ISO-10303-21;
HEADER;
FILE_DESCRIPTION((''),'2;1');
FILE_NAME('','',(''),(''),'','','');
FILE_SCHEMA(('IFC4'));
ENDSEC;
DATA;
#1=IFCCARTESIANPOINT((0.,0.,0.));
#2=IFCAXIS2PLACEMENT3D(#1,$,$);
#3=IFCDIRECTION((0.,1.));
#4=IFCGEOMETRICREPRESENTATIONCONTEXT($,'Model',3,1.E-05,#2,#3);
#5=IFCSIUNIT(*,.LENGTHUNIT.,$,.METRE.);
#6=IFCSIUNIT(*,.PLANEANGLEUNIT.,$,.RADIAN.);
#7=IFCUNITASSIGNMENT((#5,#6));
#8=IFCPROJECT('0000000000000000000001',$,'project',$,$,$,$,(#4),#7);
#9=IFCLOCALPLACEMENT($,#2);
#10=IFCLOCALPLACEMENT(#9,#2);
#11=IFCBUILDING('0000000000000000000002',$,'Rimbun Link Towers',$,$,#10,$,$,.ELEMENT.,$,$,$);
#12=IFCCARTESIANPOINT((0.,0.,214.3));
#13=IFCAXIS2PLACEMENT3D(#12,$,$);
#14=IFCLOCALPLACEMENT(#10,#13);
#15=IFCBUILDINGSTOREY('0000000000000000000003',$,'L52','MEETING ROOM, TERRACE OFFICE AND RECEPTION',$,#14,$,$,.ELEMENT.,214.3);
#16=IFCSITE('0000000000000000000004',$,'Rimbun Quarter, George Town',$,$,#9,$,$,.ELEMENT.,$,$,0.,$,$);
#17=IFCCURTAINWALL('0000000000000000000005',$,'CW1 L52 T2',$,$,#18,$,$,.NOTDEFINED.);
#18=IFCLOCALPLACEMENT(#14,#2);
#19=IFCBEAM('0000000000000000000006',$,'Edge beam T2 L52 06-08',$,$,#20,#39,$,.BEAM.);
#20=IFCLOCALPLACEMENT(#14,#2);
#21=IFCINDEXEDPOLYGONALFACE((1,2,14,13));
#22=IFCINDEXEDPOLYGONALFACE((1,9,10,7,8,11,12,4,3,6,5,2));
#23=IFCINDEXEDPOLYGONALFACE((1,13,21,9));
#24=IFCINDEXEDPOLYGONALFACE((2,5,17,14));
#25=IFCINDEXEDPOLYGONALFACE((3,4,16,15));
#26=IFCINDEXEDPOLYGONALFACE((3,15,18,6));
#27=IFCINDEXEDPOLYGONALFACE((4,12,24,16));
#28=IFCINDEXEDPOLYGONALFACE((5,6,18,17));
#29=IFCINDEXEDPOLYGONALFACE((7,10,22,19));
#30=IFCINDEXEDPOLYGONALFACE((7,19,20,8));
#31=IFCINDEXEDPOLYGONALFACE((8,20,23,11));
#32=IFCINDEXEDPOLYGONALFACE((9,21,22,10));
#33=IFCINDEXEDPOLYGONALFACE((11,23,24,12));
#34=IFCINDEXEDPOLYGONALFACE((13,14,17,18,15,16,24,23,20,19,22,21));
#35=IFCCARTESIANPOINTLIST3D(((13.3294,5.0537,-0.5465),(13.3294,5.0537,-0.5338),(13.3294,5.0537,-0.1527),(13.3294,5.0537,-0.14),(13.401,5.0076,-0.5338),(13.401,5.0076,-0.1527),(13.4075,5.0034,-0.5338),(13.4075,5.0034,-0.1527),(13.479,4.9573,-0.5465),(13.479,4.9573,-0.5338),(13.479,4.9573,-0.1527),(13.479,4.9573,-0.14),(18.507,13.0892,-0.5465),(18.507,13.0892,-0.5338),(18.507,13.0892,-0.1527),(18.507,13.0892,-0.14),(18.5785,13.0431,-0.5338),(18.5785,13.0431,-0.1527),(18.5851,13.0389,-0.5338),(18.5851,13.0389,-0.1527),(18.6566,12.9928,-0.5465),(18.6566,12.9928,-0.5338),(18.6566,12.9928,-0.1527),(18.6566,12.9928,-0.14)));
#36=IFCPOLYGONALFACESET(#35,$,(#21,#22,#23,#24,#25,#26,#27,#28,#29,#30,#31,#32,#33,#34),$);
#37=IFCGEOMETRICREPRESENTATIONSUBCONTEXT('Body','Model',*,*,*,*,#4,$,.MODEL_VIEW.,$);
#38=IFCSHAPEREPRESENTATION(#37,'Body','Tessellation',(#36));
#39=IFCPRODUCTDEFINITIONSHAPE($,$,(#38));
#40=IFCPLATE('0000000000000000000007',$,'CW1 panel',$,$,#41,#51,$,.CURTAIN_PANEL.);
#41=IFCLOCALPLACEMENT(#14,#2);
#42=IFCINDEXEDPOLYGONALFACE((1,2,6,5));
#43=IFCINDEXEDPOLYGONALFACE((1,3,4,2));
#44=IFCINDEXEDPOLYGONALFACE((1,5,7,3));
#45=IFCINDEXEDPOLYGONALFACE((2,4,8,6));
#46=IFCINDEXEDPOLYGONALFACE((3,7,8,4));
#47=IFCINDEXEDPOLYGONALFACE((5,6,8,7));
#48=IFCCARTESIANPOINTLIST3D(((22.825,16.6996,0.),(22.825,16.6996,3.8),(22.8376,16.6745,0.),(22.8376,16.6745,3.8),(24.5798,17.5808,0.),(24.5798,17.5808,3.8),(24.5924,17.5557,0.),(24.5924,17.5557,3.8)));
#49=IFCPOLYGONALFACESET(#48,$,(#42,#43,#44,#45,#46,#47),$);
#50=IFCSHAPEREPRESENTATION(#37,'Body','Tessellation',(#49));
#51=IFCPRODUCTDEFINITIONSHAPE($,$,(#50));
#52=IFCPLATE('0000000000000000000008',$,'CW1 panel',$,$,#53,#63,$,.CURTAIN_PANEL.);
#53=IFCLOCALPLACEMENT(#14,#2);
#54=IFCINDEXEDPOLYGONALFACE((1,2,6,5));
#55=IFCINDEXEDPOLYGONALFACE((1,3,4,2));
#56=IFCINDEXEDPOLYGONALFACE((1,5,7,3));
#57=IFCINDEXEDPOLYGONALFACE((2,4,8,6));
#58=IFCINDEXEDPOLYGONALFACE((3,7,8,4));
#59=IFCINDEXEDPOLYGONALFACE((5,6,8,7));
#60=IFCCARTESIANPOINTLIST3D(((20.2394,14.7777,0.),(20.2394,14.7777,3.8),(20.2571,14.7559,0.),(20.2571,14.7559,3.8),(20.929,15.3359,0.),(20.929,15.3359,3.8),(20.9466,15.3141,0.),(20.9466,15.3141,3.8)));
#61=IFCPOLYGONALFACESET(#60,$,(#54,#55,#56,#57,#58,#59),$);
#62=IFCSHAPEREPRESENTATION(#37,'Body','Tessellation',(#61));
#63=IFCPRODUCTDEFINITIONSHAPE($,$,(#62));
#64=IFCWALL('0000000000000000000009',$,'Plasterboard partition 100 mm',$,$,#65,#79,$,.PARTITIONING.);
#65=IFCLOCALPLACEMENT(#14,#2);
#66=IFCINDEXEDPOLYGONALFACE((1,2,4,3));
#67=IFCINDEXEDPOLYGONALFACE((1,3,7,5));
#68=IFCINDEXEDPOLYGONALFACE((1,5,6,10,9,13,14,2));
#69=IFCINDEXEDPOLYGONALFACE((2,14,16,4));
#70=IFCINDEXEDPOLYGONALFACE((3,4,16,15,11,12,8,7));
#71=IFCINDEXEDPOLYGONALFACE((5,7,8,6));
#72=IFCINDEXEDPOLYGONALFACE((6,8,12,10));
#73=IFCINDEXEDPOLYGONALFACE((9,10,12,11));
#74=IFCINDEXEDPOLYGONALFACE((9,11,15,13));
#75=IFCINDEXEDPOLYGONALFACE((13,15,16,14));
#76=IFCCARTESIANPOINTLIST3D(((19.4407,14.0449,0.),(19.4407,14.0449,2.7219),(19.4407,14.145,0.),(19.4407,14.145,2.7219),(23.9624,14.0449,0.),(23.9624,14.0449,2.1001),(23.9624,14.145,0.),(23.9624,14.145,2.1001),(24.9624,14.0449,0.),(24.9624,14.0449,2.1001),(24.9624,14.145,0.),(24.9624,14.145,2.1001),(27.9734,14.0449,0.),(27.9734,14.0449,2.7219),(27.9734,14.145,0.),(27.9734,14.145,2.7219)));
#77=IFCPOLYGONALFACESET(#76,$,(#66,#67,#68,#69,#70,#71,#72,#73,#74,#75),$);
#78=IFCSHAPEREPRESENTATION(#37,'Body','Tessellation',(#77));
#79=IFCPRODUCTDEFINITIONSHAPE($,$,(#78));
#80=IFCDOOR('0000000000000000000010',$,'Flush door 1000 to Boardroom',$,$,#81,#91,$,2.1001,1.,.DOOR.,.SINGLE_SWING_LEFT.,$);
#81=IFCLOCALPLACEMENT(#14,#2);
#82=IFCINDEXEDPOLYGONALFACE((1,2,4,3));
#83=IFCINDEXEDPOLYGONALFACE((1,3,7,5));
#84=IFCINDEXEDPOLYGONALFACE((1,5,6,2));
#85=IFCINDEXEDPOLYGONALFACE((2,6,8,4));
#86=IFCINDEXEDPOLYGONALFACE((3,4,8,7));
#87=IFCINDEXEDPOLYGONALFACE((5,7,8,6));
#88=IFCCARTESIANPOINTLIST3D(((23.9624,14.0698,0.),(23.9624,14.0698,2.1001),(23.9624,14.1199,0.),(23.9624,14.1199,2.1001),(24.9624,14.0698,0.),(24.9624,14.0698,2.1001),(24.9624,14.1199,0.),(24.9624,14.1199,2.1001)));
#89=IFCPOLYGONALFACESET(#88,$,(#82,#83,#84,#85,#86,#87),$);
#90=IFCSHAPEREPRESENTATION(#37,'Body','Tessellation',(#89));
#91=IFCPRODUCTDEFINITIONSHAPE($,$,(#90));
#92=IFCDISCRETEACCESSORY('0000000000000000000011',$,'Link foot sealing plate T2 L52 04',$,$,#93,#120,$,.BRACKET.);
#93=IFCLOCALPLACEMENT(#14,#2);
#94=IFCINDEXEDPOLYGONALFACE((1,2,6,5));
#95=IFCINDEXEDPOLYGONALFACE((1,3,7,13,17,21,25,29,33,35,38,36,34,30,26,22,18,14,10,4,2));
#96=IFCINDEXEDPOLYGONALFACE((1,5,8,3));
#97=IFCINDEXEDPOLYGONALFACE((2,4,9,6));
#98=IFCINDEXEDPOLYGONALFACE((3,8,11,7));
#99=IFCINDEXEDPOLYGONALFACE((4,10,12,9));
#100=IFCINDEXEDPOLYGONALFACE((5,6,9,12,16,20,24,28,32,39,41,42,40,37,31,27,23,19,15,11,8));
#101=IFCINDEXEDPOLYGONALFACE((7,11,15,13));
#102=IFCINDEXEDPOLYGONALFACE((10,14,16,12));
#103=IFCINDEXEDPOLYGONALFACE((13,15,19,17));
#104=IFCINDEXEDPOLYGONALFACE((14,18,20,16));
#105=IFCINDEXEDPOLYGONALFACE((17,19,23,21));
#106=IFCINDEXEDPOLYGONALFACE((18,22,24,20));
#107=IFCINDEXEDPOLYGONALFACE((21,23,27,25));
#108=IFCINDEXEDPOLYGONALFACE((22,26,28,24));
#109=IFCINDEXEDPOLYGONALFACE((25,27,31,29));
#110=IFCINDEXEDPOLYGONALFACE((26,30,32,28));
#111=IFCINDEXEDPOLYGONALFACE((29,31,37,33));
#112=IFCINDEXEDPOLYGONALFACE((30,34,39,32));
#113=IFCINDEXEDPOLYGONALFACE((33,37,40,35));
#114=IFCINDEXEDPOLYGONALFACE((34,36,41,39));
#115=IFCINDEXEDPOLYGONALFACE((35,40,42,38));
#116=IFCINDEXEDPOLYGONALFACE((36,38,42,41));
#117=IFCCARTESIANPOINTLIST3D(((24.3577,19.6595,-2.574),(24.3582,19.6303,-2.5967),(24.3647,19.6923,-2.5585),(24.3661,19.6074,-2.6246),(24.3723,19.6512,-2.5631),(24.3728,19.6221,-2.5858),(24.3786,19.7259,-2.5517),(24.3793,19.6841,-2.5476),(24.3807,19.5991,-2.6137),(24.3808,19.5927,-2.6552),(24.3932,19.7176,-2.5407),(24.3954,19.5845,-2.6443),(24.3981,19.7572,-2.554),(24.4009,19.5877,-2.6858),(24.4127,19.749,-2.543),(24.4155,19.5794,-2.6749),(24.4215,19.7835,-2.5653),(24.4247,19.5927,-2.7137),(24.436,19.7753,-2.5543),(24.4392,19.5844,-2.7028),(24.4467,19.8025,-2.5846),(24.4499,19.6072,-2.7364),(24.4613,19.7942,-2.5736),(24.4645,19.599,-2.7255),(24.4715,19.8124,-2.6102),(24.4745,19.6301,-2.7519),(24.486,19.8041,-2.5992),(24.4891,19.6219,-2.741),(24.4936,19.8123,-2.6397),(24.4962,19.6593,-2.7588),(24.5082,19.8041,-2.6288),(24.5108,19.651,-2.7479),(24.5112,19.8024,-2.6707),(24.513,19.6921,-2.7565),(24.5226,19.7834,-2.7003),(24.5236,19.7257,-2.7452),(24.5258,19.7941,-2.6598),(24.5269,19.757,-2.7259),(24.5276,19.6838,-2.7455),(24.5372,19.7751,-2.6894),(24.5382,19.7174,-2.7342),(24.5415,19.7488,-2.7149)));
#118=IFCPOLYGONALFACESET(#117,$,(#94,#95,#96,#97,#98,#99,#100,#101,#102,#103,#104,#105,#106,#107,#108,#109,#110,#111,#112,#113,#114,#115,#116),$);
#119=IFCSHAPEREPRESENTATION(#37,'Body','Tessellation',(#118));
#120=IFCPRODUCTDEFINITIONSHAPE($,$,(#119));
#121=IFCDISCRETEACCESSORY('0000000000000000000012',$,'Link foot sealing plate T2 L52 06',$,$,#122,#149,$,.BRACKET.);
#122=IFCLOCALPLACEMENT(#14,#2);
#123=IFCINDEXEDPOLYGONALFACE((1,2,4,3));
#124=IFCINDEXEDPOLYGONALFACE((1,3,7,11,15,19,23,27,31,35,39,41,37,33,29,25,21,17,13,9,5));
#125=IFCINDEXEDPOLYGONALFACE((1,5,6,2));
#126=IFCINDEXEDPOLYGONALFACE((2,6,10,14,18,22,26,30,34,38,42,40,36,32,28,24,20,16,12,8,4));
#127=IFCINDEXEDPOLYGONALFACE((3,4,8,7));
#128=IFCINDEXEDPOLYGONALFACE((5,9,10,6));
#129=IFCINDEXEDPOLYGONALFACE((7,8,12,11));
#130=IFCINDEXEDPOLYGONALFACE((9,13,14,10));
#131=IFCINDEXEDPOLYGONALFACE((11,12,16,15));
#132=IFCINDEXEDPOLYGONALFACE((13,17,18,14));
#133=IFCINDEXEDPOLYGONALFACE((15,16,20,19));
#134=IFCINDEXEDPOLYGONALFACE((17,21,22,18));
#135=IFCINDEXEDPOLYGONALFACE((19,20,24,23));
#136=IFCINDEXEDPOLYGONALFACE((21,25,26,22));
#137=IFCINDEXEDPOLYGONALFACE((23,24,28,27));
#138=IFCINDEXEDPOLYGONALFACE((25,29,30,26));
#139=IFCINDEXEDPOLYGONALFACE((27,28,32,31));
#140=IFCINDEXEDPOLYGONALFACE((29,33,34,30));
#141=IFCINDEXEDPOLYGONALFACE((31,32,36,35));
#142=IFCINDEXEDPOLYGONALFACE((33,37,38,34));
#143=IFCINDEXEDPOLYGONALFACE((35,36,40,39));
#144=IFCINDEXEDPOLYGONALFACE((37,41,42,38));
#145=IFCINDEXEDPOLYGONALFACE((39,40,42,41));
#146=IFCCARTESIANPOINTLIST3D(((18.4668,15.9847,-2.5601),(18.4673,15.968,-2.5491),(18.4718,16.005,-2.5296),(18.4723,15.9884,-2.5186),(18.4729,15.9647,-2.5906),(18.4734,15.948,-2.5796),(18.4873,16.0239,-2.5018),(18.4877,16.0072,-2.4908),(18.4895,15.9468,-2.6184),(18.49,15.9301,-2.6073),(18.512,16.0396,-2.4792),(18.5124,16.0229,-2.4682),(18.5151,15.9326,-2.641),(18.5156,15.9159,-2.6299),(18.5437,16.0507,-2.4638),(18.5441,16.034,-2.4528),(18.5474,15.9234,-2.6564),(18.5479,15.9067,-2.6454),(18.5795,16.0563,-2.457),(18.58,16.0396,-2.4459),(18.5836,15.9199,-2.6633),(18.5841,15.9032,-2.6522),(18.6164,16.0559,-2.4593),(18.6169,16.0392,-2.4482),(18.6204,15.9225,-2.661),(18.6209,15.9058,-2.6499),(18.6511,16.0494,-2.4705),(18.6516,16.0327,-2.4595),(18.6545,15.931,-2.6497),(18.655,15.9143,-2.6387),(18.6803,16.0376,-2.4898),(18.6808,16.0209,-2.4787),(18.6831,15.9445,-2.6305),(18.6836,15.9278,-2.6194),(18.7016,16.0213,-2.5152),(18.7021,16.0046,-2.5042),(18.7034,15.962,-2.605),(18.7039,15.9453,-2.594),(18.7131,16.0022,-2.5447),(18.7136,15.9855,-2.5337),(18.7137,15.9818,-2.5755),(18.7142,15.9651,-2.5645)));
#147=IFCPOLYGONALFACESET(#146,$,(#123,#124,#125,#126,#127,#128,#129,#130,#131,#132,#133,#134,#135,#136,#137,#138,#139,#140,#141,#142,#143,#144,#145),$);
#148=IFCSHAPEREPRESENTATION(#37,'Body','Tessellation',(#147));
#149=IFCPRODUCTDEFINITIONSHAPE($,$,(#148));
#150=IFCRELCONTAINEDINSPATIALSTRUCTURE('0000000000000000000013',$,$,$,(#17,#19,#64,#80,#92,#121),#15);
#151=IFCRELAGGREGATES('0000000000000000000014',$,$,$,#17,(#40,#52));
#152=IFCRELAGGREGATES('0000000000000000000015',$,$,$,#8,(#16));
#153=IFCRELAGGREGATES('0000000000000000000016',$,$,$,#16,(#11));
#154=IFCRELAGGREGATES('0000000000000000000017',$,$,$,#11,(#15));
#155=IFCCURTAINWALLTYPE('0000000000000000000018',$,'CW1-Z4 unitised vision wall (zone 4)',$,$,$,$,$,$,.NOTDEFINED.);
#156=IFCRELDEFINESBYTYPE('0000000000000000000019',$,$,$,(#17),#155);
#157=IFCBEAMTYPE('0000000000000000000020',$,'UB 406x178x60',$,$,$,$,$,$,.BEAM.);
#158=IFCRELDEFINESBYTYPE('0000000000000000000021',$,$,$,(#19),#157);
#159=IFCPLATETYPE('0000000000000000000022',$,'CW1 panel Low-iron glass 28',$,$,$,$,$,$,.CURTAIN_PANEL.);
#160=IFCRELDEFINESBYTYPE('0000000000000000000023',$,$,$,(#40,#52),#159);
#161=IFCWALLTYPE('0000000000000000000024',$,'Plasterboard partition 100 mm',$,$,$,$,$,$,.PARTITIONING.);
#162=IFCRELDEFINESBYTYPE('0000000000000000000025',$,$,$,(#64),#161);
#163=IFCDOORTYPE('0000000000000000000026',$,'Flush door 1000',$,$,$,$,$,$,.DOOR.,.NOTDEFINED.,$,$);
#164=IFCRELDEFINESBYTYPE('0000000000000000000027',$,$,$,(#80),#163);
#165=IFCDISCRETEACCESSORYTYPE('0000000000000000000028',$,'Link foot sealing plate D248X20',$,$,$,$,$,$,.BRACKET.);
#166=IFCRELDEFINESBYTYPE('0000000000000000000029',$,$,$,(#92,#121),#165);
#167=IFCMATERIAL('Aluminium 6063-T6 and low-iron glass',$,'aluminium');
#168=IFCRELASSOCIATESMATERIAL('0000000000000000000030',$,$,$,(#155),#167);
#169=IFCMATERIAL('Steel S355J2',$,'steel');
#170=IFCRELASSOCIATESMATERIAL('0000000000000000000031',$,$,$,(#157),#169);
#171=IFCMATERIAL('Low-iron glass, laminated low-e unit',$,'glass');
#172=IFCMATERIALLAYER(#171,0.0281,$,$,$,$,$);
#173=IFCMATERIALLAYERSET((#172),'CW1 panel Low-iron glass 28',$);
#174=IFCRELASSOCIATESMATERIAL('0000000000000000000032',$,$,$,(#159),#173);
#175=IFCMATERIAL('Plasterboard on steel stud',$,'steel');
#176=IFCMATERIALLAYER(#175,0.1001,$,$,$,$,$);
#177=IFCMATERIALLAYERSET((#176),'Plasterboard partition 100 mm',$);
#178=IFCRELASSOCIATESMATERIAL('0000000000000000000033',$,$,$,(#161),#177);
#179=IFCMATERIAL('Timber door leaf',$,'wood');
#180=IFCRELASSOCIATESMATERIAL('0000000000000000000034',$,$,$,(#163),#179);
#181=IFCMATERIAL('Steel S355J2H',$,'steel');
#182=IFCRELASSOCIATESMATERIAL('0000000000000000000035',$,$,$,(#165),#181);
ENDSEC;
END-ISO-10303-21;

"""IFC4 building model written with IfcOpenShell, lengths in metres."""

from ifc_helpers import new_model, si_unit, direction, frame, frame_2d, origin, origin_2d, place, context, subcontext, project, spatial, rectangle, circle, i_section, extrude, material, layer, layer_set, material_profile, profile_set, type_object, element, fill, aggregate, save


model = new_model("IFC4")

# Units and contexts
model_context = context("Model", 3, precision=1e-05, world=origin(), true_north=direction((0.0, 1.0)))
body_context = subcontext(model_context, "Body", "Model", "MODEL_VIEW")
ifc_project = project(units=[si_unit("LENGTHUNIT", "METRE"), si_unit("PLANEANGLEUNIT", "RADIAN")], contexts=[model_context])

# Site, building, storey
site_placement = place(None, origin())
site = spatial("IfcSite", under=ifc_project, at=site_placement, Name="Rimbun Quarter, George Town", CompositionType="ELEMENT", RefElevation=0.0)
building_placement = place(site_placement, origin())
building = spatial("IfcBuilding", under=site, at=building_placement, Name="Rimbun Link Towers", CompositionType="ELEMENT")
storey_placement = place(building_placement, frame((0.0, 0.0, 214.3)))
storey = spatial("IfcBuildingStorey", under=building, at=storey_placement, Name="L52", Description="MEETING ROOM, TERRACE OFFICE AND RECEPTION", CompositionType="ELEMENT", Elevation=214.3)

# Curtain wall
ifc_material_1 = material(Name="Aluminium 6063-T6 and low-iron glass", Category="aluminium")
curtain_wall_type = type_object("IfcCurtainWallType", Name="CW1-Z4 unitised vision wall (zone 4)", PredefinedType="NOTDEFINED", material=ifc_material_1)
curtain_wall_placement = place(storey_placement, origin())
curtain_wall = element("IfcCurtainWall", 1, at=curtain_wall_placement, inside=storey, type_object=curtain_wall_type, Name="CW1 L52 T2", PredefinedType="NOTDEFINED")

# Beam
ifc_material_2 = material(Name="Steel S355J2", Category="steel")
ifc_material_profile_1 = material_profile(ifc_material_2, i_section(OverallWidth=0.178, OverallDepth=0.4065, WebThickness=0.0078, FlangeThickness=0.0127, at=origin_2d()), Name="UB 406x178x60")
ifc_profile_set_1 = profile_set([ifc_material_profile_1], Name="Steel S355J2")
beam_type = type_object("IfcBeamType", Name="UB 406x178x60", PredefinedType="BEAM", material=ifc_profile_set_1)
beam_1_placement = place(storey_placement, frame((18.5818, 13.041, -0.3433), z_axis=(-0.541636, -0.840613, 0.0), x_axis=(0.840613, -0.541636, 0.0)))
element("IfcBeam", 2, at=beam_1_placement, inside=storey, type_object=beam_type, Name="Edge beam T2 L52 06-08", PredefinedType="BEAM", context=body_context, shape_type="SweptSolid", body=[
    extrude(i_section(OverallWidth=0.178, OverallDepth=0.4065, WebThickness=0.0078, FlangeThickness=0.0127, at=origin_2d()), origin(), (0.0, 0.0, 1.0), 9.5591),
])

# Plates
ifc_material_3 = material(Name="Low-iron glass, laminated low-e unit", Category="glass")
ifc_layer_1 = layer(ifc_material_3, 0.0281)
ifc_layer_set_1 = layer_set([ifc_layer_1], Name="CW1 panel Low-iron glass 28")
plate_type = type_object("IfcPlateType", Name="CW1 panel Low-iron glass 28", PredefinedType="CURTAIN_PANEL", material=ifc_layer_set_1)
plate_1_placement = place(storey_placement, frame((23.7087, 17.1277, 0.0), z_axis=(0.0, 0.0, 1.0), x_axis=(0.89365, 0.448764, 0.0)))
plate_1 = element("IfcPlate", 3, at=plate_1_placement, type_object=plate_type, Name="CW1 panel", PredefinedType="CURTAIN_PANEL", context=body_context, shape_type="SweptSolid", body=[
    extrude(rectangle(XDim=1.9636, YDim=0.0281, at=origin_2d()), origin(), (0.0, 0.0, 1.0), 3.8),
])
plate_2_placement = place(storey_placement, frame((20.593, 15.0459, 0.0), z_axis=(0.0, 0.0, 1.0), x_axis=(0.777266, 0.629172, 0.0)))
plate_2 = element("IfcPlate", 4, at=plate_2_placement, type_object=plate_type, Name="CW1 panel", PredefinedType="CURTAIN_PANEL", context=body_context, shape_type="SweptSolid", body=[
    extrude(rectangle(XDim=0.8872, YDim=0.0281, at=origin_2d()), origin(), (0.0, 0.0, 1.0), 3.8),
])
aggregate(curtain_wall, [plate_1, plate_2])

# Wall, opening, door
ifc_material_4 = material(Name="Plasterboard on steel stud", Category="steel")
ifc_layer_2 = layer(ifc_material_4, 0.1001)
ifc_layer_set_2 = layer_set([ifc_layer_2], Name="Plasterboard partition 100 mm")
wall_type = type_object("IfcWallType", Name="Plasterboard partition 100 mm", PredefinedType="PARTITIONING", material=ifc_layer_set_2)
wall_placement = place(storey_placement, frame((19.4407, 14.095, 0.0), z_axis=(0.0, 0.0, 1.0), x_axis=(1.0, 0.0, 0.0)))
wall = element("IfcWall", 5, at=wall_placement, inside=storey, type_object=wall_type, Name="Plasterboard partition 100 mm", PredefinedType="PARTITIONING", context=body_context, shape_type="SweptSolid", body=[
    extrude(rectangle(XDim=8.5327, YDim=0.1001, at=frame_2d((4.2664, 0.0))), origin(), (0.0, 0.0, 1.0), 2.7219),
])
opening_placement = place(wall_placement, frame((4.5217, 0.0, 0.0)))
opening = element("IfcOpeningElement", 6, at=opening_placement, cuts=wall, PredefinedType="OPENING", context=body_context, shape_type="SweptSolid", body=[
    extrude(rectangle(XDim=1.0, YDim=2.1001, at=frame_2d((0.5, 1.05))), frame((0.0, 0.0601, 0.0), z_axis=(0.0, -1.0, 0.0), x_axis=(1.0, 0.0, 0.0)), (0.0, 0.0, 1.0), 0.1201),
])
ifc_material_5 = material(Name="Timber door leaf", Category="wood")
door_type = type_object("IfcDoorType", Name="Flush door 1000", OperationType="NOTDEFINED", PredefinedType="DOOR", material=ifc_material_5)
door_placement = place(opening_placement, origin())
door = element("IfcDoor", 7, at=door_placement, inside=storey, type_object=door_type, Name="Flush door 1000 to Boardroom", OperationType="SINGLE_SWING_LEFT", OverallHeight=2.1001, OverallWidth=1.0, PredefinedType="DOOR", context=body_context, shape_type="SweptSolid", body=[
    extrude(rectangle(XDim=1.0, YDim=2.1001, at=frame_2d((0.5, 1.05))), frame((0.0, 0.0249, 0.0), z_axis=(0.0, -1.0, 0.0), x_axis=(1.0, 0.0, 0.0)), (0.0, 0.0, 1.0), 0.05),
])
fill(opening, door)

# Discrete accessories
ifc_material_6 = material(Name="Steel S355J2H", Category="steel")
ifc_material_profile_2 = material_profile(ifc_material_6, circle(Radius=0.124, at=origin_2d()), Name="PL D248")
ifc_profile_set_2 = profile_set([ifc_material_profile_2], Name="Steel S355J2H")
discrete_accessory_type = type_object("IfcDiscreteAccessoryType", Name="Link foot sealing plate D248X20", PredefinedType="BRACKET", material=ifc_profile_set_2)
for number, where, z_axis, x_axis, name in (
    (8, (24.4565, 19.6924, -2.6443), (-0.728626, 0.412888, -0.546469), (-0.493013, -0.870022, 0.0), "Link foot sealing plate T2 L52 04"),
    (9, (18.5913, 15.9717, -2.5491), (-0.02452, 0.833681, -0.551701), (-0.999568, -0.029399, 0.0), "Link foot sealing plate T2 L52 06"),
):
    element("IfcDiscreteAccessory", number, at=place(storey_placement, frame(where, z_axis=z_axis, x_axis=x_axis)), inside=storey, type_object=discrete_accessory_type, Name=name, PredefinedType="BRACKET", context=body_context, shape_type="SweptSolid", body=[
        extrude(circle(Radius=0.124, at=origin_2d()), origin(), (0.0, 0.0, 1.0), 0.02),
    ])

save(model, "model.ifc")
